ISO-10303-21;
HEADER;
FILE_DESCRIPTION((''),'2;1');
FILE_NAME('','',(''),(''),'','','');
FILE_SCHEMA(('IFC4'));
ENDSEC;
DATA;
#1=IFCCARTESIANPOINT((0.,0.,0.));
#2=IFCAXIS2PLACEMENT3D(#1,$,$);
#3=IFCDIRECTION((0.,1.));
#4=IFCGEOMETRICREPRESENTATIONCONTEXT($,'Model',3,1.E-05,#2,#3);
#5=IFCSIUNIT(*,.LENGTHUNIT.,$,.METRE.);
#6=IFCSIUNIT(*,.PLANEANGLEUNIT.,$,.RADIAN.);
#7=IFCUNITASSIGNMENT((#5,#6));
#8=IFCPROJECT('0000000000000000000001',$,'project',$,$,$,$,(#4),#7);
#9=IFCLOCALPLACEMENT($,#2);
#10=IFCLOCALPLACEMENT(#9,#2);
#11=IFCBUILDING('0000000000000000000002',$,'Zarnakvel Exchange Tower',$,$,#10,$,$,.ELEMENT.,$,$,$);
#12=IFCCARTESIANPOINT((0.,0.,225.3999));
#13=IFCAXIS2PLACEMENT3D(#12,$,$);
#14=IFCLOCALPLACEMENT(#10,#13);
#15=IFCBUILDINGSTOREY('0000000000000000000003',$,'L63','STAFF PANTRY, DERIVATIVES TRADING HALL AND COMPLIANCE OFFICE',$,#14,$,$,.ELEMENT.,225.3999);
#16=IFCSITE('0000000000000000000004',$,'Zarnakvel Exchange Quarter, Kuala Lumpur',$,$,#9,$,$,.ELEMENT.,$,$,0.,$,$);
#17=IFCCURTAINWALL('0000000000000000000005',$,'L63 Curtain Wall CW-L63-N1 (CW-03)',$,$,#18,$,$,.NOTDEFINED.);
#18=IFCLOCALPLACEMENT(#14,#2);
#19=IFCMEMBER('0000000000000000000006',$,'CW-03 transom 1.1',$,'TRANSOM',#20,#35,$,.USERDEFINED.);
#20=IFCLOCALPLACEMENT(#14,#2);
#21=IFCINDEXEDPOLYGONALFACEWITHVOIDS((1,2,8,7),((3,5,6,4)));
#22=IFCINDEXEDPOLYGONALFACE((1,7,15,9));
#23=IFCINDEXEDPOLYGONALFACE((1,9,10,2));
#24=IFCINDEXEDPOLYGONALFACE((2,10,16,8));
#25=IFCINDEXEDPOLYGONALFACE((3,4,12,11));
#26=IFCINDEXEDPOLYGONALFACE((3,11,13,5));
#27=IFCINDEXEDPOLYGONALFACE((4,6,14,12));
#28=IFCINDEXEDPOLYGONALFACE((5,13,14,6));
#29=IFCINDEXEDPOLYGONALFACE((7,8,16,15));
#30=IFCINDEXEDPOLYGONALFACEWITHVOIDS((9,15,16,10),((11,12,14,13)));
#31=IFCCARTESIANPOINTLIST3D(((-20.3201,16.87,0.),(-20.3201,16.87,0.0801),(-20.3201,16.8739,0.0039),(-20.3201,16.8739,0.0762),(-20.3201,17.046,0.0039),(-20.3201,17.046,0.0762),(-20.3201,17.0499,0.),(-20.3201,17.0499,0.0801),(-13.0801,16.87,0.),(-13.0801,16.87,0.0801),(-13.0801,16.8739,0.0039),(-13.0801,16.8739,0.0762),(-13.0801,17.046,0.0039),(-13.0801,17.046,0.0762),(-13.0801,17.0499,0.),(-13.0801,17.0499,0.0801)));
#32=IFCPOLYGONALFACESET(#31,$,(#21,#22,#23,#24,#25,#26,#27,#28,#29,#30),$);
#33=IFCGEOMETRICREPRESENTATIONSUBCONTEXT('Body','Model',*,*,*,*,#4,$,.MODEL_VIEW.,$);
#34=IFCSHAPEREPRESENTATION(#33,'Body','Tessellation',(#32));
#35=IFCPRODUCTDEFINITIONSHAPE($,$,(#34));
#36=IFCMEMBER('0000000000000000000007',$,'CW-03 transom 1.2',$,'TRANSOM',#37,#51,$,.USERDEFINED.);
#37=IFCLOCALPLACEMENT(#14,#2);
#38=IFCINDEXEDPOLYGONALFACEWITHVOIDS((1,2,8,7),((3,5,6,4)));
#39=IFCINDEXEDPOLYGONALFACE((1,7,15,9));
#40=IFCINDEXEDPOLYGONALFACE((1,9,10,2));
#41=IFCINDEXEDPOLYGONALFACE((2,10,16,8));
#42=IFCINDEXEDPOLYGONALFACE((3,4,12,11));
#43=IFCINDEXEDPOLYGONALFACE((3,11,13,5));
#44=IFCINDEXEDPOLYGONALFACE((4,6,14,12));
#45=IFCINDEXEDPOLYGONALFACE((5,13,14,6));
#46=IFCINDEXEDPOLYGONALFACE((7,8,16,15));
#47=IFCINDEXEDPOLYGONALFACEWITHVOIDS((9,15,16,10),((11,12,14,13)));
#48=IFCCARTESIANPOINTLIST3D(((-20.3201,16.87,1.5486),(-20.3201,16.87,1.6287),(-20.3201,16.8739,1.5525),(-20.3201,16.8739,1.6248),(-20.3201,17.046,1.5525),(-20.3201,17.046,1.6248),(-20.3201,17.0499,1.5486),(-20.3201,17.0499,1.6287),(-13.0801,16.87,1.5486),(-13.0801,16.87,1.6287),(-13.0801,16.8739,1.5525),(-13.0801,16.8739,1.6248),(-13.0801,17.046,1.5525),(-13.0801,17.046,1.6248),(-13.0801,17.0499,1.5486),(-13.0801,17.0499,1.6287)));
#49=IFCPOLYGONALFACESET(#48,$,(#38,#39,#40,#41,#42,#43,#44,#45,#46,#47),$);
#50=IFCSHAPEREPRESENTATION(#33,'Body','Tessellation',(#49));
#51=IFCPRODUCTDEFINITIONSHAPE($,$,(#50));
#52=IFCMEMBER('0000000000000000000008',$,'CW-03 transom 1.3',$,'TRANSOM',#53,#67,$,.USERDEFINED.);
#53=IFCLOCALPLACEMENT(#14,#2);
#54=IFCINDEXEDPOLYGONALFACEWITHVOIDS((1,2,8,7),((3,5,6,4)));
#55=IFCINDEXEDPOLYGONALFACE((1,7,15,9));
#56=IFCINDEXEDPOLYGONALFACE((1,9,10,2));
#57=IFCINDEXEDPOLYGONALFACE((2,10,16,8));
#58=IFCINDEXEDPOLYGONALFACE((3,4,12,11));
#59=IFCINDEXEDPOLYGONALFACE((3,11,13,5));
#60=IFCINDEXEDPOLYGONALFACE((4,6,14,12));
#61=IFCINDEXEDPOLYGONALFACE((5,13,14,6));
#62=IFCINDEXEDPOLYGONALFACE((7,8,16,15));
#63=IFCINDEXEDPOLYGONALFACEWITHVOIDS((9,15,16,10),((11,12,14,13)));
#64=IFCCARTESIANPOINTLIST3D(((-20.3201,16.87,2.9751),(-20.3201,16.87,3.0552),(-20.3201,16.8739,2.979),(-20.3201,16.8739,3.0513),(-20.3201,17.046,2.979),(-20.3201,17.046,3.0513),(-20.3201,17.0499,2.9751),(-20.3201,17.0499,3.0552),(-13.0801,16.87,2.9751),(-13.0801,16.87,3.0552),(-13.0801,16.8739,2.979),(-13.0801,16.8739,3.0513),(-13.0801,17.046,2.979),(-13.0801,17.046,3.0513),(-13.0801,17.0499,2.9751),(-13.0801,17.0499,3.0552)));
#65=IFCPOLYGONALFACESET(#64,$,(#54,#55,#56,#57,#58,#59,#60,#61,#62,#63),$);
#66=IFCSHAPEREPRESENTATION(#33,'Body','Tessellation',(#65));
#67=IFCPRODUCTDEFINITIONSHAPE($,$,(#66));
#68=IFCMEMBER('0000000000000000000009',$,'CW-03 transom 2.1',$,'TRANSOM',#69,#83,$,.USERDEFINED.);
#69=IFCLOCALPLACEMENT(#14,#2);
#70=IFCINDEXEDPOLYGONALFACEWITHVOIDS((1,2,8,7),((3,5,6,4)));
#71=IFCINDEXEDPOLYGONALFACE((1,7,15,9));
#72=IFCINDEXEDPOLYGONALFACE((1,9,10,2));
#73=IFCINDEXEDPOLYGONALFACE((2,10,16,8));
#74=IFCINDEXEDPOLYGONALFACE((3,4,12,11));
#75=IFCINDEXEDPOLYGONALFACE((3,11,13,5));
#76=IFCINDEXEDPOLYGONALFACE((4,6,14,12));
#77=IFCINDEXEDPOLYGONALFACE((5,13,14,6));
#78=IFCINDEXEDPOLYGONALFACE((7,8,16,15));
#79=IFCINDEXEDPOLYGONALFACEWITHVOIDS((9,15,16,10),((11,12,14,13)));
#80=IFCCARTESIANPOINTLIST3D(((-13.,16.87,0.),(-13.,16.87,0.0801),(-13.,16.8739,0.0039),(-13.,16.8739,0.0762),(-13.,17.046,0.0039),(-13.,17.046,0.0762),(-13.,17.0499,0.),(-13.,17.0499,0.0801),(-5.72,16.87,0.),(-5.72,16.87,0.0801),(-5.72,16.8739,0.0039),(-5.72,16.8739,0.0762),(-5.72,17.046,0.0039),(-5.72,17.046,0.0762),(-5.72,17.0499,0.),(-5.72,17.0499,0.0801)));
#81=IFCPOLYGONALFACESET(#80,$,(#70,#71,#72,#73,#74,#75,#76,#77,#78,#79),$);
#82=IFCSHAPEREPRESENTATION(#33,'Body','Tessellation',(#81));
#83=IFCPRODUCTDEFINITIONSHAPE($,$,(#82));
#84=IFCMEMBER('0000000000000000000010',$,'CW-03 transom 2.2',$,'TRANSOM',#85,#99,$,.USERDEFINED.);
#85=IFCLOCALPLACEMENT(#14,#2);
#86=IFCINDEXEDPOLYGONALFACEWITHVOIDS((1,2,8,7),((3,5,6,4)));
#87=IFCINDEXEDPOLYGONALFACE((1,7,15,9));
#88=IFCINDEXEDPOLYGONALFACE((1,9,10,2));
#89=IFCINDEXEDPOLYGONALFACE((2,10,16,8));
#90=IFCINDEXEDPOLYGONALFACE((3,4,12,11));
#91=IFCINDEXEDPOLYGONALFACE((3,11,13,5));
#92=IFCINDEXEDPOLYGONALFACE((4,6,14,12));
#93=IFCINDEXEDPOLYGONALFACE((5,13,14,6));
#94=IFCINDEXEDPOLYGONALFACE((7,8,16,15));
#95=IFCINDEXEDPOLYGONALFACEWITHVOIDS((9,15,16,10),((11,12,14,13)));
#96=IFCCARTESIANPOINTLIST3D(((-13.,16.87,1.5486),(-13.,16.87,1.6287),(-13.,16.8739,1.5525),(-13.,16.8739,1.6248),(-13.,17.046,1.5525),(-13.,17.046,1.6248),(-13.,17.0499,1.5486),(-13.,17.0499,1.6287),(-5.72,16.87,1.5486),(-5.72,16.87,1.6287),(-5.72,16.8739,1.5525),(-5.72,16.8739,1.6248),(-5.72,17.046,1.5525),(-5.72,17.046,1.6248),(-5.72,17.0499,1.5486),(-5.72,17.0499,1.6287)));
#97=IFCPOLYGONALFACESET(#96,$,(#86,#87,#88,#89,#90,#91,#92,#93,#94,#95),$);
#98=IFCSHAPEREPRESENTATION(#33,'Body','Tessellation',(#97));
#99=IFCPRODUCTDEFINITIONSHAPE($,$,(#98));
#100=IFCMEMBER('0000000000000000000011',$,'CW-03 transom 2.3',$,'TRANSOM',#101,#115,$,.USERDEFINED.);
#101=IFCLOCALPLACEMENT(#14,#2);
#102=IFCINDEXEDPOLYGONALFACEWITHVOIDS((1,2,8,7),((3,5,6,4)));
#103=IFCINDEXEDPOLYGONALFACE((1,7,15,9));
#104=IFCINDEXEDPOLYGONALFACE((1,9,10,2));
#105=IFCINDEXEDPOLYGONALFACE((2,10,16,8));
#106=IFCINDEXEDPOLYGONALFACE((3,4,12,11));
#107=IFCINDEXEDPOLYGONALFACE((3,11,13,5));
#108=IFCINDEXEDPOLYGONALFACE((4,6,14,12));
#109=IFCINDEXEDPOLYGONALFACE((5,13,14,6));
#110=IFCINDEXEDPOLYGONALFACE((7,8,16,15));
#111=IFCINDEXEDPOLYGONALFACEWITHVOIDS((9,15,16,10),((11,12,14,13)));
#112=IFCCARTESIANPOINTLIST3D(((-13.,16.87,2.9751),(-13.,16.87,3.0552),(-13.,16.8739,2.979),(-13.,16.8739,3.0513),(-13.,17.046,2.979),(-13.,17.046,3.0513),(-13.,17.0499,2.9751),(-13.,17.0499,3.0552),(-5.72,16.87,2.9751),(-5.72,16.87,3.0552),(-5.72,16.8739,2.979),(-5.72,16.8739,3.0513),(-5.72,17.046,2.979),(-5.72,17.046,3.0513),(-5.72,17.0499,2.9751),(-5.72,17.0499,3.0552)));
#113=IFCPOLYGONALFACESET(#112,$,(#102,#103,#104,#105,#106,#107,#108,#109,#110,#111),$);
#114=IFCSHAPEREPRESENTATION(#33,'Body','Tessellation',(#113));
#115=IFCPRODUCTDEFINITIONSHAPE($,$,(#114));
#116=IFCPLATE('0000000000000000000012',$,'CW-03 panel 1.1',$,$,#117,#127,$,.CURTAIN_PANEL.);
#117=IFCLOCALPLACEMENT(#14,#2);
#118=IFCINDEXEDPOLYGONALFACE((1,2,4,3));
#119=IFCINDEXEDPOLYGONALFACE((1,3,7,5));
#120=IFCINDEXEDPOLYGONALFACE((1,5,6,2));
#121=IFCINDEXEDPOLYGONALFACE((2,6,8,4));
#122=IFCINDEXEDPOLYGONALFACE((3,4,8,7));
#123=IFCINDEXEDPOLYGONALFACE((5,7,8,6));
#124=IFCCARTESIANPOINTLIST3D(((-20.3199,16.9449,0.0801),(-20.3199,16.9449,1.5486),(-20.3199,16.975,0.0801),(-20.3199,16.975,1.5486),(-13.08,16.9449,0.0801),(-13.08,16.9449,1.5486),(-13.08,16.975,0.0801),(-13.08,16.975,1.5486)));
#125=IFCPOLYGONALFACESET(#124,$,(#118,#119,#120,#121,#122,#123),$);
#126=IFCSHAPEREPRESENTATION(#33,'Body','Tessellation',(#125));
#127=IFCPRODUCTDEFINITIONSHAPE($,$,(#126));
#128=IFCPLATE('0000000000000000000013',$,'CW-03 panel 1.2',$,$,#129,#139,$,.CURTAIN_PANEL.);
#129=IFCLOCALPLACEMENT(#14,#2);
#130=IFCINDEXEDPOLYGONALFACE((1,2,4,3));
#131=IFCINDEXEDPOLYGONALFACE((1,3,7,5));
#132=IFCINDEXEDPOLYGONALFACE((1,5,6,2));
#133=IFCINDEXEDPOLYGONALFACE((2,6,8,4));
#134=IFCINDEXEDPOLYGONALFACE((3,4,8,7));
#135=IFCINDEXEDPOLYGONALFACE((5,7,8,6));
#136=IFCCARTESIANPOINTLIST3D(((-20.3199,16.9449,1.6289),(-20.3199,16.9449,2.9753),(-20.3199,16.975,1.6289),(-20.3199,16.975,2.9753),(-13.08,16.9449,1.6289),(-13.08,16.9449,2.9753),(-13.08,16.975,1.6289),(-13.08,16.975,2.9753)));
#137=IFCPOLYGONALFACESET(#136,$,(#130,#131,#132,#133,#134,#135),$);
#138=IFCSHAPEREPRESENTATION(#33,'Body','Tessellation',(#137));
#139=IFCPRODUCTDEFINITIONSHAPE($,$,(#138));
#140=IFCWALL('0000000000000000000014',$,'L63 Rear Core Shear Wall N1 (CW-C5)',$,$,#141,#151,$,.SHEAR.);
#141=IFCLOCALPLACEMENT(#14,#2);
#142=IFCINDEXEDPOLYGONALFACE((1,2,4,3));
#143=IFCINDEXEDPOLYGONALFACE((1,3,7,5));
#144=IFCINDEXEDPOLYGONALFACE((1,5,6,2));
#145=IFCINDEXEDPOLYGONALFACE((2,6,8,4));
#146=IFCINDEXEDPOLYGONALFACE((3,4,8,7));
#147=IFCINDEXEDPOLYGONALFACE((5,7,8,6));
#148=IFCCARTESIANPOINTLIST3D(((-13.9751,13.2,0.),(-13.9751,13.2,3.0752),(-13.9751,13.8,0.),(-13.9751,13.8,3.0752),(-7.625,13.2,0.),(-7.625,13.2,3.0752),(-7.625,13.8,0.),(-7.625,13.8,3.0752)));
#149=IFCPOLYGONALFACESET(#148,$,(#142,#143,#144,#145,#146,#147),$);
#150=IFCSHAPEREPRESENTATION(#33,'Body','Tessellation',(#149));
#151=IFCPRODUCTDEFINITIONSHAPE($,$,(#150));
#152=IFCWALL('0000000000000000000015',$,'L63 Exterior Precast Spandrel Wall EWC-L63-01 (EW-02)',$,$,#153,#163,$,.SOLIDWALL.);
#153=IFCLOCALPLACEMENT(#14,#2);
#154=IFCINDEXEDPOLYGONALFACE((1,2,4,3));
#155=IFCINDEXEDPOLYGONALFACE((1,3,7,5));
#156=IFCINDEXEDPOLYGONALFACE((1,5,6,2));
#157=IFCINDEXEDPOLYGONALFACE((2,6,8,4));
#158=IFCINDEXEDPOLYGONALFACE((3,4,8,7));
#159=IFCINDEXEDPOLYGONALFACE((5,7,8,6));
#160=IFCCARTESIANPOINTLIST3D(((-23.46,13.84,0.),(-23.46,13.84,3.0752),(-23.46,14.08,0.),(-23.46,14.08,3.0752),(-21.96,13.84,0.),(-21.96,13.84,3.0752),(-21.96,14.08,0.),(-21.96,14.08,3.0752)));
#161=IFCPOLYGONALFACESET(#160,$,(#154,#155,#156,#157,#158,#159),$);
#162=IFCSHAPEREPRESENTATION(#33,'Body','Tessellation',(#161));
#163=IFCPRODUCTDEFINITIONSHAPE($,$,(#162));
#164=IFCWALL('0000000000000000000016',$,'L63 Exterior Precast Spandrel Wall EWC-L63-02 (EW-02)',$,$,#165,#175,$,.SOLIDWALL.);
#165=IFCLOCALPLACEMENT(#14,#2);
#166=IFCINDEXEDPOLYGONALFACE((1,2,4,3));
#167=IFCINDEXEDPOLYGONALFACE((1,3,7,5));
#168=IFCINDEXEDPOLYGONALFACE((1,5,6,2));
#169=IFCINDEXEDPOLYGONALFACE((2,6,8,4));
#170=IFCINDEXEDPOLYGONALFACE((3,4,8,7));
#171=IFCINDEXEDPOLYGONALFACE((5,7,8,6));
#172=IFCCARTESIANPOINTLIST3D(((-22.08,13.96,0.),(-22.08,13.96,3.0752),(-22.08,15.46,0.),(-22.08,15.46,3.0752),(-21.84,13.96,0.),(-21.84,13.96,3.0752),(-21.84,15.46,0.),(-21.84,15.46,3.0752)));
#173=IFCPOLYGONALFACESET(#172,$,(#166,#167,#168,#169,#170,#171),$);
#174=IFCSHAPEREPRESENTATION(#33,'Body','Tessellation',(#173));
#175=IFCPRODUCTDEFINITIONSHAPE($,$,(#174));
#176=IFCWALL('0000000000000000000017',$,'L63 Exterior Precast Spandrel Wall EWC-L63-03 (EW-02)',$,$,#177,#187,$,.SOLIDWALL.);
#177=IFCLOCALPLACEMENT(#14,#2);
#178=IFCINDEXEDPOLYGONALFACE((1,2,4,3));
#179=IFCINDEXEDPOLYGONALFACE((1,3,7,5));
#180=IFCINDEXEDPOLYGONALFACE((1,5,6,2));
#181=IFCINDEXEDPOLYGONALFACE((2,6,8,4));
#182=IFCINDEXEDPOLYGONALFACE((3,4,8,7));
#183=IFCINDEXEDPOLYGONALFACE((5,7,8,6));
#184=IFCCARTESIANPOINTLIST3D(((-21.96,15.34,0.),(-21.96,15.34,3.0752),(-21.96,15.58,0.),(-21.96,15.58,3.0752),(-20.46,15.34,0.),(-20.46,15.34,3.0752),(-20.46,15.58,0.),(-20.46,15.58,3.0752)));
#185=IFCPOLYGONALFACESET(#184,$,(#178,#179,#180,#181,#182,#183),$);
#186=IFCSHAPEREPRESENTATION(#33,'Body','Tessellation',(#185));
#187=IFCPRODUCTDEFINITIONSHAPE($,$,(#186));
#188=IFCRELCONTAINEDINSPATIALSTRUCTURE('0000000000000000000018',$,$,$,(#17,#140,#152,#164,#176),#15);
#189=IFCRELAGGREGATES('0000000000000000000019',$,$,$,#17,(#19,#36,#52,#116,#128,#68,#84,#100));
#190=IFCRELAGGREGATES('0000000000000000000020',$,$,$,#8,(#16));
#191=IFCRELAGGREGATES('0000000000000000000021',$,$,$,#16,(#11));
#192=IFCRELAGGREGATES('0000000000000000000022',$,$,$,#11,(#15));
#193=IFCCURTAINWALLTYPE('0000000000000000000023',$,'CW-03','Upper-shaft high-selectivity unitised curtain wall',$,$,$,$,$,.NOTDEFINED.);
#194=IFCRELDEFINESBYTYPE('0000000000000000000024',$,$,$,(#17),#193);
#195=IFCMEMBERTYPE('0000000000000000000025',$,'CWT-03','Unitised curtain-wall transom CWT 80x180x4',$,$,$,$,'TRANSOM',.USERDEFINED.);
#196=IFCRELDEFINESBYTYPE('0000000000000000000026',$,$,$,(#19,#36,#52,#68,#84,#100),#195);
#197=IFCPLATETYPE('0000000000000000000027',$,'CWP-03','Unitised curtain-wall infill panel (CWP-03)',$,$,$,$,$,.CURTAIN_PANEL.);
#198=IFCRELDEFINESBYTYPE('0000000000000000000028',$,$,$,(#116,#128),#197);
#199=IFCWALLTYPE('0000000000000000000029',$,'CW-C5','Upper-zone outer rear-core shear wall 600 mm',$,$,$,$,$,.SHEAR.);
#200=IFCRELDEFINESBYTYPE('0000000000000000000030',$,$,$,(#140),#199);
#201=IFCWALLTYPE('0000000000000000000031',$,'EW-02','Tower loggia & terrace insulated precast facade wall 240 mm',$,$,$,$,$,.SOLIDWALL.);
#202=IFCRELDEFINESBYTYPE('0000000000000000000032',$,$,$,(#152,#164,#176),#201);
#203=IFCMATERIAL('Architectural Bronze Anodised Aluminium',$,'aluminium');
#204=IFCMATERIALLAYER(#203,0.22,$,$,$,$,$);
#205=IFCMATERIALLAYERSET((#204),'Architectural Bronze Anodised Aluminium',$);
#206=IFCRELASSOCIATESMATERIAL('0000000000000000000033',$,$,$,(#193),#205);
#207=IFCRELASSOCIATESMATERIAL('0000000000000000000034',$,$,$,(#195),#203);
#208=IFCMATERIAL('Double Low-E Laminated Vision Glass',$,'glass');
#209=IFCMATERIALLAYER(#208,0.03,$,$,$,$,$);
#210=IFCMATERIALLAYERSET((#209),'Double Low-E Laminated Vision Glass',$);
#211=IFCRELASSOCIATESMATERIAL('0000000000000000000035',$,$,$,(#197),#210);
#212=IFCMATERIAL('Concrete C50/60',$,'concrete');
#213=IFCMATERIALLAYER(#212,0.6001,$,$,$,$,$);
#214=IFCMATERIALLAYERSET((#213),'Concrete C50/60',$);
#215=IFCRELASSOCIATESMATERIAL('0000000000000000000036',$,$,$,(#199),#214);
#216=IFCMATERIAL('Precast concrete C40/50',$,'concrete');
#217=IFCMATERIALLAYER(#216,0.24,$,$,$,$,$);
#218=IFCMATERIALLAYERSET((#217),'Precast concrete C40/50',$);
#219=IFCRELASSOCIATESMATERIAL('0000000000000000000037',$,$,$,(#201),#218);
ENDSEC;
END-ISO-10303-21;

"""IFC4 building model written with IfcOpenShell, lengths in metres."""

from ifc_helpers import new_model, si_unit, direction, frame, frame_2d, origin, origin_2d, place, context, subcontext, project, spatial, rectangle, hollow_rectangle, extrude, source, transform, mapped, material, layer, layer_set, material_profile, profile_set, type_object, element, aggregate, save


model = new_model("IFC4")

# Units and contexts
model_context = context("Model", 3, precision=1e-05, world=origin(), true_north=direction((0.0, 1.0)))
body_context = subcontext(model_context, "Body", "Model", "MODEL_VIEW")
ifc_project = project(units=[si_unit("LENGTHUNIT", "METRE"), si_unit("PLANEANGLEUNIT", "RADIAN")], contexts=[model_context])

# Site, building, storey
site_placement = place(None, origin())
site = spatial("IfcSite", under=ifc_project, at=site_placement, Name="Zarnakvel Exchange Quarter, Kuala Lumpur", CompositionType="ELEMENT", RefElevation=0.0)
building_placement = place(site_placement, origin())
building = spatial("IfcBuilding", under=site, at=building_placement, Name="Zarnakvel Exchange Tower", CompositionType="ELEMENT")
storey_placement = place(building_placement, frame((0.0, 0.0, 225.3999)))
storey = spatial("IfcBuildingStorey", under=building, at=storey_placement, Name="L63", Description="STAFF PANTRY, DERIVATIVES TRADING HALL AND COMPLIANCE OFFICE", CompositionType="ELEMENT", Elevation=225.3999)

# Shared definitions
ifc_material_1 = material(Name="Concrete C50/60", Category="concrete")

# Shared definitions
ifc_material_2 = material(Name="Architectural Bronze Anodised Aluminium", Category="aluminium")

# Curtain wall, members, plates
ifc_layer_1 = layer(ifc_material_2, 0.22)
ifc_layer_set_1 = layer_set([ifc_layer_1], Name="Architectural Bronze Anodised Aluminium")
curtain_wall_type_1 = type_object("IfcCurtainWallType", Name="CW-03", Description="Upper-shaft high-selectivity unitised curtain wall", PredefinedType="NOTDEFINED", material=ifc_layer_set_1)
curtain_wall_1_placement = place(storey_placement, origin())
curtain_wall_1 = element("IfcCurtainWall", 1, at=curtain_wall_1_placement, inside=storey, type_object=curtain_wall_type_1, Name="L63 Curtain Wall CW-L63-N1 (CW-03)", PredefinedType="NOTDEFINED")
ifc_material_profile_1 = material_profile(ifc_material_2, hollow_rectangle(XDim=0.1799, YDim=0.0801, WallThickness=0.0039, at=origin_2d()))
ifc_profile_set_1 = profile_set([ifc_material_profile_1], Name="Architectural Bronze Anodised Aluminium")
member_type_1 = type_object("IfcMemberType", Name="CWT-03", Description="Unitised curtain-wall transom CWT 80x180x4", ElementType="TRANSOM", PredefinedType="USERDEFINED", material=ifc_profile_set_1)
shared_shape_1 = source(origin(), body_context, "Body", "SweptSolid", [
    extrude(hollow_rectangle(XDim=0.1799, YDim=0.0801, WallThickness=0.0039, at=origin_2d()), origin(), (0.0, 0.0, 1.0), 7.24),
])
member_1_placement = place(storey_placement, frame((-20.3201, 16.96, 0.04), z_axis=(1.0, 0.0, 0.0), x_axis=(0.0, 1.0, 0.0)))
member_1 = element("IfcMember", 2, at=member_1_placement, type_object=member_type_1, Name="CW-03 transom 1.1", ObjectType="TRANSOM", PredefinedType="USERDEFINED", context=body_context, shape_type="MappedRepresentation", body=[
    mapped(shared_shape_1, transform((0.0, 0.0, 0.0), x_axis=(1.0, 0.0, 0.0), y_axis=(0.0, 1.0, 0.0), z_axis=(0.0, 0.0, 1.0), scale=1.0)),
])
member_2_placement = place(storey_placement, frame((-20.3201, 16.96, 1.5886), z_axis=(1.0, 0.0, 0.0), x_axis=(0.0, 1.0, 0.0)))
member_2 = element("IfcMember", 3, at=member_2_placement, type_object=member_type_1, Name="CW-03 transom 1.2", ObjectType="TRANSOM", PredefinedType="USERDEFINED", context=body_context, shape_type="MappedRepresentation", body=[
    mapped(shared_shape_1, transform((0.0, 0.0, 0.0), x_axis=(1.0, 0.0, 0.0), y_axis=(0.0, 1.0, 0.0), z_axis=(0.0, 0.0, 1.0), scale=1.0)),
])
member_3_placement = place(storey_placement, frame((-20.3201, 16.96, 3.0151), z_axis=(1.0, 0.0, 0.0), x_axis=(0.0, 1.0, 0.0)))
member_3 = element("IfcMember", 4, at=member_3_placement, type_object=member_type_1, Name="CW-03 transom 1.3", ObjectType="TRANSOM", PredefinedType="USERDEFINED", context=body_context, shape_type="MappedRepresentation", body=[
    mapped(shared_shape_1, transform((0.0, 0.0, 0.0), x_axis=(1.0, 0.0, 0.0), y_axis=(0.0, 1.0, 0.0), z_axis=(0.0, 0.0, 1.0), scale=1.0)),
])
shared_shape_2 = source(origin(), body_context, "Body", "SweptSolid", [
    extrude(hollow_rectangle(XDim=0.1799, YDim=0.0801, WallThickness=0.0039, at=origin_2d()), origin(), (0.0, 0.0, 1.0), 7.28),
])
member_4_placement = place(storey_placement, frame((-13.0, 16.96, 0.04), z_axis=(1.0, 0.0, 0.0), x_axis=(0.0, 1.0, 0.0)))
member_4 = element("IfcMember", 5, at=member_4_placement, type_object=member_type_1, Name="CW-03 transom 2.1", ObjectType="TRANSOM", PredefinedType="USERDEFINED", context=body_context, shape_type="MappedRepresentation", body=[
    mapped(shared_shape_2, transform((0.0, 0.0, 0.0), x_axis=(1.0, 0.0, 0.0), y_axis=(0.0, 1.0, 0.0), z_axis=(0.0, 0.0, 1.0), scale=1.0)),
])
member_5_placement = place(storey_placement, frame((-13.0, 16.96, 1.5886), z_axis=(1.0, 0.0, 0.0), x_axis=(0.0, 1.0, 0.0)))
member_5 = element("IfcMember", 6, at=member_5_placement, type_object=member_type_1, Name="CW-03 transom 2.2", ObjectType="TRANSOM", PredefinedType="USERDEFINED", context=body_context, shape_type="MappedRepresentation", body=[
    mapped(shared_shape_2, transform((0.0, 0.0, 0.0), x_axis=(1.0, 0.0, 0.0), y_axis=(0.0, 1.0, 0.0), z_axis=(0.0, 0.0, 1.0), scale=1.0)),
])
member_6_placement = place(storey_placement, frame((-13.0, 16.96, 3.0151), z_axis=(1.0, 0.0, 0.0), x_axis=(0.0, 1.0, 0.0)))
member_6 = element("IfcMember", 7, at=member_6_placement, type_object=member_type_1, Name="CW-03 transom 2.3", ObjectType="TRANSOM", PredefinedType="USERDEFINED", context=body_context, shape_type="MappedRepresentation", body=[
    mapped(shared_shape_2, transform((0.0, 0.0, 0.0), x_axis=(1.0, 0.0, 0.0), y_axis=(0.0, 1.0, 0.0), z_axis=(0.0, 0.0, 1.0), scale=1.0)),
])
ifc_material_3 = material(Name="Double Low-E Laminated Vision Glass", Category="glass")
ifc_layer_2 = layer(ifc_material_3, 0.03)
ifc_layer_set_2 = layer_set([ifc_layer_2], Name="Double Low-E Laminated Vision Glass")
plate_type = type_object("IfcPlateType", Name="CWP-03", Description="Unitised curtain-wall infill panel (CWP-03)", PredefinedType="CURTAIN_PANEL", material=ifc_layer_set_2)
shared_shape_3 = source(origin(), body_context, "Body", "SweptSolid", [
    extrude(rectangle(XDim=7.24, YDim=0.03, at=origin_2d()), origin(), (0.0, 0.0, 1.0), 1.4685),
])
plate_1_placement = place(storey_placement, frame((-16.7, 16.96, 0.0801), z_axis=(0.0, 0.0, 1.0), x_axis=(1.0, 0.0, 0.0)))
plate_1 = element("IfcPlate", 8, at=plate_1_placement, type_object=plate_type, Name="CW-03 panel 1.1", PredefinedType="CURTAIN_PANEL", context=body_context, shape_type="MappedRepresentation", body=[
    mapped(shared_shape_3, transform((0.0, 0.0, 0.0), x_axis=(1.0, 0.0, 0.0), y_axis=(0.0, 1.0, 0.0), z_axis=(0.0, 0.0, 1.0), scale=1.0)),
])
shared_shape_4 = source(origin(), body_context, "Body", "SweptSolid", [
    extrude(rectangle(XDim=7.24, YDim=0.03, at=origin_2d()), origin(), (0.0, 0.0, 1.0), 1.3464),
])
plate_2_placement = place(storey_placement, frame((-16.7, 16.96, 1.6289), z_axis=(0.0, 0.0, 1.0), x_axis=(1.0, 0.0, 0.0)))
plate_2 = element("IfcPlate", 9, at=plate_2_placement, type_object=plate_type, Name="CW-03 panel 1.2", PredefinedType="CURTAIN_PANEL", context=body_context, shape_type="MappedRepresentation", body=[
    mapped(shared_shape_4, transform((0.0, 0.0, 0.0), x_axis=(1.0, 0.0, 0.0), y_axis=(0.0, 1.0, 0.0), z_axis=(0.0, 0.0, 1.0), scale=1.0)),
])
aggregate(curtain_wall_1, [member_1, member_2, member_3, plate_1, plate_2, member_4, member_5, member_6])

# Walls
ifc_layer_3 = layer(ifc_material_1, 0.6001)
ifc_layer_set_3 = layer_set([ifc_layer_3], Name="Concrete C50/60")
wall_type_1 = type_object("IfcWallType", Name="CW-C5", Description="Upper-zone outer rear-core shear wall 600 mm", PredefinedType="SHEAR", material=ifc_layer_set_3)
wall_1_placement = place(storey_placement, frame((-13.9751, 13.5, 0.0), z_axis=(0.0, 0.0, 1.0), x_axis=(1.0, 0.0, 0.0)))
element("IfcWall", 10, at=wall_1_placement, inside=storey, type_object=wall_type_1, Name="L63 Rear Core Shear Wall N1 (CW-C5)", PredefinedType="SHEAR", context=body_context, shape_type="SweptSolid", body=[
    extrude(rectangle(XDim=6.3501, YDim=0.6001, at=frame_2d((3.175, 0.0))), origin(), (0.0, 0.0, 1.0), 3.0752),
])
ifc_material_4 = material(Name="Precast concrete C40/50", Category="concrete")
ifc_layer_4 = layer(ifc_material_4, 0.24)
ifc_layer_set_4 = layer_set([ifc_layer_4], Name="Precast concrete C40/50")
wall_type_2 = type_object("IfcWallType", Name="EW-02", Description="Tower loggia & terrace insulated precast facade wall 240 mm", PredefinedType="SOLIDWALL", material=ifc_layer_set_4)
for number, where, z_axis, x_axis, name in (
    (11, (-21.96, 13.96, 0.0), (0.0, 0.0, 1.0), (-1.0, 0.0, 0.0), "L63 Exterior Precast Spandrel Wall EWC-L63-01 (EW-02)"),
    (12, (-21.96, 15.46, 0.0), (0.0, 0.0, 1.0), (0.0, -1.0, 0.0), "L63 Exterior Precast Spandrel Wall EWC-L63-02 (EW-02)"),
    (13, (-20.46, 15.46, 0.0), (0.0, 0.0, 1.0), (-1.0, 0.0, 0.0), "L63 Exterior Precast Spandrel Wall EWC-L63-03 (EW-02)"),
):
    element("IfcWall", number, at=place(storey_placement, frame(where, z_axis=z_axis, x_axis=x_axis)), inside=storey, type_object=wall_type_2, Name=name, PredefinedType="SOLIDWALL", context=body_context, shape_type="SweptSolid", body=[
        extrude(rectangle(XDim=1.5, YDim=0.24, at=frame_2d((0.75, 0.0))), origin(), (0.0, 0.0, 1.0), 3.0752),
    ])

save(model, "model.ifc")
